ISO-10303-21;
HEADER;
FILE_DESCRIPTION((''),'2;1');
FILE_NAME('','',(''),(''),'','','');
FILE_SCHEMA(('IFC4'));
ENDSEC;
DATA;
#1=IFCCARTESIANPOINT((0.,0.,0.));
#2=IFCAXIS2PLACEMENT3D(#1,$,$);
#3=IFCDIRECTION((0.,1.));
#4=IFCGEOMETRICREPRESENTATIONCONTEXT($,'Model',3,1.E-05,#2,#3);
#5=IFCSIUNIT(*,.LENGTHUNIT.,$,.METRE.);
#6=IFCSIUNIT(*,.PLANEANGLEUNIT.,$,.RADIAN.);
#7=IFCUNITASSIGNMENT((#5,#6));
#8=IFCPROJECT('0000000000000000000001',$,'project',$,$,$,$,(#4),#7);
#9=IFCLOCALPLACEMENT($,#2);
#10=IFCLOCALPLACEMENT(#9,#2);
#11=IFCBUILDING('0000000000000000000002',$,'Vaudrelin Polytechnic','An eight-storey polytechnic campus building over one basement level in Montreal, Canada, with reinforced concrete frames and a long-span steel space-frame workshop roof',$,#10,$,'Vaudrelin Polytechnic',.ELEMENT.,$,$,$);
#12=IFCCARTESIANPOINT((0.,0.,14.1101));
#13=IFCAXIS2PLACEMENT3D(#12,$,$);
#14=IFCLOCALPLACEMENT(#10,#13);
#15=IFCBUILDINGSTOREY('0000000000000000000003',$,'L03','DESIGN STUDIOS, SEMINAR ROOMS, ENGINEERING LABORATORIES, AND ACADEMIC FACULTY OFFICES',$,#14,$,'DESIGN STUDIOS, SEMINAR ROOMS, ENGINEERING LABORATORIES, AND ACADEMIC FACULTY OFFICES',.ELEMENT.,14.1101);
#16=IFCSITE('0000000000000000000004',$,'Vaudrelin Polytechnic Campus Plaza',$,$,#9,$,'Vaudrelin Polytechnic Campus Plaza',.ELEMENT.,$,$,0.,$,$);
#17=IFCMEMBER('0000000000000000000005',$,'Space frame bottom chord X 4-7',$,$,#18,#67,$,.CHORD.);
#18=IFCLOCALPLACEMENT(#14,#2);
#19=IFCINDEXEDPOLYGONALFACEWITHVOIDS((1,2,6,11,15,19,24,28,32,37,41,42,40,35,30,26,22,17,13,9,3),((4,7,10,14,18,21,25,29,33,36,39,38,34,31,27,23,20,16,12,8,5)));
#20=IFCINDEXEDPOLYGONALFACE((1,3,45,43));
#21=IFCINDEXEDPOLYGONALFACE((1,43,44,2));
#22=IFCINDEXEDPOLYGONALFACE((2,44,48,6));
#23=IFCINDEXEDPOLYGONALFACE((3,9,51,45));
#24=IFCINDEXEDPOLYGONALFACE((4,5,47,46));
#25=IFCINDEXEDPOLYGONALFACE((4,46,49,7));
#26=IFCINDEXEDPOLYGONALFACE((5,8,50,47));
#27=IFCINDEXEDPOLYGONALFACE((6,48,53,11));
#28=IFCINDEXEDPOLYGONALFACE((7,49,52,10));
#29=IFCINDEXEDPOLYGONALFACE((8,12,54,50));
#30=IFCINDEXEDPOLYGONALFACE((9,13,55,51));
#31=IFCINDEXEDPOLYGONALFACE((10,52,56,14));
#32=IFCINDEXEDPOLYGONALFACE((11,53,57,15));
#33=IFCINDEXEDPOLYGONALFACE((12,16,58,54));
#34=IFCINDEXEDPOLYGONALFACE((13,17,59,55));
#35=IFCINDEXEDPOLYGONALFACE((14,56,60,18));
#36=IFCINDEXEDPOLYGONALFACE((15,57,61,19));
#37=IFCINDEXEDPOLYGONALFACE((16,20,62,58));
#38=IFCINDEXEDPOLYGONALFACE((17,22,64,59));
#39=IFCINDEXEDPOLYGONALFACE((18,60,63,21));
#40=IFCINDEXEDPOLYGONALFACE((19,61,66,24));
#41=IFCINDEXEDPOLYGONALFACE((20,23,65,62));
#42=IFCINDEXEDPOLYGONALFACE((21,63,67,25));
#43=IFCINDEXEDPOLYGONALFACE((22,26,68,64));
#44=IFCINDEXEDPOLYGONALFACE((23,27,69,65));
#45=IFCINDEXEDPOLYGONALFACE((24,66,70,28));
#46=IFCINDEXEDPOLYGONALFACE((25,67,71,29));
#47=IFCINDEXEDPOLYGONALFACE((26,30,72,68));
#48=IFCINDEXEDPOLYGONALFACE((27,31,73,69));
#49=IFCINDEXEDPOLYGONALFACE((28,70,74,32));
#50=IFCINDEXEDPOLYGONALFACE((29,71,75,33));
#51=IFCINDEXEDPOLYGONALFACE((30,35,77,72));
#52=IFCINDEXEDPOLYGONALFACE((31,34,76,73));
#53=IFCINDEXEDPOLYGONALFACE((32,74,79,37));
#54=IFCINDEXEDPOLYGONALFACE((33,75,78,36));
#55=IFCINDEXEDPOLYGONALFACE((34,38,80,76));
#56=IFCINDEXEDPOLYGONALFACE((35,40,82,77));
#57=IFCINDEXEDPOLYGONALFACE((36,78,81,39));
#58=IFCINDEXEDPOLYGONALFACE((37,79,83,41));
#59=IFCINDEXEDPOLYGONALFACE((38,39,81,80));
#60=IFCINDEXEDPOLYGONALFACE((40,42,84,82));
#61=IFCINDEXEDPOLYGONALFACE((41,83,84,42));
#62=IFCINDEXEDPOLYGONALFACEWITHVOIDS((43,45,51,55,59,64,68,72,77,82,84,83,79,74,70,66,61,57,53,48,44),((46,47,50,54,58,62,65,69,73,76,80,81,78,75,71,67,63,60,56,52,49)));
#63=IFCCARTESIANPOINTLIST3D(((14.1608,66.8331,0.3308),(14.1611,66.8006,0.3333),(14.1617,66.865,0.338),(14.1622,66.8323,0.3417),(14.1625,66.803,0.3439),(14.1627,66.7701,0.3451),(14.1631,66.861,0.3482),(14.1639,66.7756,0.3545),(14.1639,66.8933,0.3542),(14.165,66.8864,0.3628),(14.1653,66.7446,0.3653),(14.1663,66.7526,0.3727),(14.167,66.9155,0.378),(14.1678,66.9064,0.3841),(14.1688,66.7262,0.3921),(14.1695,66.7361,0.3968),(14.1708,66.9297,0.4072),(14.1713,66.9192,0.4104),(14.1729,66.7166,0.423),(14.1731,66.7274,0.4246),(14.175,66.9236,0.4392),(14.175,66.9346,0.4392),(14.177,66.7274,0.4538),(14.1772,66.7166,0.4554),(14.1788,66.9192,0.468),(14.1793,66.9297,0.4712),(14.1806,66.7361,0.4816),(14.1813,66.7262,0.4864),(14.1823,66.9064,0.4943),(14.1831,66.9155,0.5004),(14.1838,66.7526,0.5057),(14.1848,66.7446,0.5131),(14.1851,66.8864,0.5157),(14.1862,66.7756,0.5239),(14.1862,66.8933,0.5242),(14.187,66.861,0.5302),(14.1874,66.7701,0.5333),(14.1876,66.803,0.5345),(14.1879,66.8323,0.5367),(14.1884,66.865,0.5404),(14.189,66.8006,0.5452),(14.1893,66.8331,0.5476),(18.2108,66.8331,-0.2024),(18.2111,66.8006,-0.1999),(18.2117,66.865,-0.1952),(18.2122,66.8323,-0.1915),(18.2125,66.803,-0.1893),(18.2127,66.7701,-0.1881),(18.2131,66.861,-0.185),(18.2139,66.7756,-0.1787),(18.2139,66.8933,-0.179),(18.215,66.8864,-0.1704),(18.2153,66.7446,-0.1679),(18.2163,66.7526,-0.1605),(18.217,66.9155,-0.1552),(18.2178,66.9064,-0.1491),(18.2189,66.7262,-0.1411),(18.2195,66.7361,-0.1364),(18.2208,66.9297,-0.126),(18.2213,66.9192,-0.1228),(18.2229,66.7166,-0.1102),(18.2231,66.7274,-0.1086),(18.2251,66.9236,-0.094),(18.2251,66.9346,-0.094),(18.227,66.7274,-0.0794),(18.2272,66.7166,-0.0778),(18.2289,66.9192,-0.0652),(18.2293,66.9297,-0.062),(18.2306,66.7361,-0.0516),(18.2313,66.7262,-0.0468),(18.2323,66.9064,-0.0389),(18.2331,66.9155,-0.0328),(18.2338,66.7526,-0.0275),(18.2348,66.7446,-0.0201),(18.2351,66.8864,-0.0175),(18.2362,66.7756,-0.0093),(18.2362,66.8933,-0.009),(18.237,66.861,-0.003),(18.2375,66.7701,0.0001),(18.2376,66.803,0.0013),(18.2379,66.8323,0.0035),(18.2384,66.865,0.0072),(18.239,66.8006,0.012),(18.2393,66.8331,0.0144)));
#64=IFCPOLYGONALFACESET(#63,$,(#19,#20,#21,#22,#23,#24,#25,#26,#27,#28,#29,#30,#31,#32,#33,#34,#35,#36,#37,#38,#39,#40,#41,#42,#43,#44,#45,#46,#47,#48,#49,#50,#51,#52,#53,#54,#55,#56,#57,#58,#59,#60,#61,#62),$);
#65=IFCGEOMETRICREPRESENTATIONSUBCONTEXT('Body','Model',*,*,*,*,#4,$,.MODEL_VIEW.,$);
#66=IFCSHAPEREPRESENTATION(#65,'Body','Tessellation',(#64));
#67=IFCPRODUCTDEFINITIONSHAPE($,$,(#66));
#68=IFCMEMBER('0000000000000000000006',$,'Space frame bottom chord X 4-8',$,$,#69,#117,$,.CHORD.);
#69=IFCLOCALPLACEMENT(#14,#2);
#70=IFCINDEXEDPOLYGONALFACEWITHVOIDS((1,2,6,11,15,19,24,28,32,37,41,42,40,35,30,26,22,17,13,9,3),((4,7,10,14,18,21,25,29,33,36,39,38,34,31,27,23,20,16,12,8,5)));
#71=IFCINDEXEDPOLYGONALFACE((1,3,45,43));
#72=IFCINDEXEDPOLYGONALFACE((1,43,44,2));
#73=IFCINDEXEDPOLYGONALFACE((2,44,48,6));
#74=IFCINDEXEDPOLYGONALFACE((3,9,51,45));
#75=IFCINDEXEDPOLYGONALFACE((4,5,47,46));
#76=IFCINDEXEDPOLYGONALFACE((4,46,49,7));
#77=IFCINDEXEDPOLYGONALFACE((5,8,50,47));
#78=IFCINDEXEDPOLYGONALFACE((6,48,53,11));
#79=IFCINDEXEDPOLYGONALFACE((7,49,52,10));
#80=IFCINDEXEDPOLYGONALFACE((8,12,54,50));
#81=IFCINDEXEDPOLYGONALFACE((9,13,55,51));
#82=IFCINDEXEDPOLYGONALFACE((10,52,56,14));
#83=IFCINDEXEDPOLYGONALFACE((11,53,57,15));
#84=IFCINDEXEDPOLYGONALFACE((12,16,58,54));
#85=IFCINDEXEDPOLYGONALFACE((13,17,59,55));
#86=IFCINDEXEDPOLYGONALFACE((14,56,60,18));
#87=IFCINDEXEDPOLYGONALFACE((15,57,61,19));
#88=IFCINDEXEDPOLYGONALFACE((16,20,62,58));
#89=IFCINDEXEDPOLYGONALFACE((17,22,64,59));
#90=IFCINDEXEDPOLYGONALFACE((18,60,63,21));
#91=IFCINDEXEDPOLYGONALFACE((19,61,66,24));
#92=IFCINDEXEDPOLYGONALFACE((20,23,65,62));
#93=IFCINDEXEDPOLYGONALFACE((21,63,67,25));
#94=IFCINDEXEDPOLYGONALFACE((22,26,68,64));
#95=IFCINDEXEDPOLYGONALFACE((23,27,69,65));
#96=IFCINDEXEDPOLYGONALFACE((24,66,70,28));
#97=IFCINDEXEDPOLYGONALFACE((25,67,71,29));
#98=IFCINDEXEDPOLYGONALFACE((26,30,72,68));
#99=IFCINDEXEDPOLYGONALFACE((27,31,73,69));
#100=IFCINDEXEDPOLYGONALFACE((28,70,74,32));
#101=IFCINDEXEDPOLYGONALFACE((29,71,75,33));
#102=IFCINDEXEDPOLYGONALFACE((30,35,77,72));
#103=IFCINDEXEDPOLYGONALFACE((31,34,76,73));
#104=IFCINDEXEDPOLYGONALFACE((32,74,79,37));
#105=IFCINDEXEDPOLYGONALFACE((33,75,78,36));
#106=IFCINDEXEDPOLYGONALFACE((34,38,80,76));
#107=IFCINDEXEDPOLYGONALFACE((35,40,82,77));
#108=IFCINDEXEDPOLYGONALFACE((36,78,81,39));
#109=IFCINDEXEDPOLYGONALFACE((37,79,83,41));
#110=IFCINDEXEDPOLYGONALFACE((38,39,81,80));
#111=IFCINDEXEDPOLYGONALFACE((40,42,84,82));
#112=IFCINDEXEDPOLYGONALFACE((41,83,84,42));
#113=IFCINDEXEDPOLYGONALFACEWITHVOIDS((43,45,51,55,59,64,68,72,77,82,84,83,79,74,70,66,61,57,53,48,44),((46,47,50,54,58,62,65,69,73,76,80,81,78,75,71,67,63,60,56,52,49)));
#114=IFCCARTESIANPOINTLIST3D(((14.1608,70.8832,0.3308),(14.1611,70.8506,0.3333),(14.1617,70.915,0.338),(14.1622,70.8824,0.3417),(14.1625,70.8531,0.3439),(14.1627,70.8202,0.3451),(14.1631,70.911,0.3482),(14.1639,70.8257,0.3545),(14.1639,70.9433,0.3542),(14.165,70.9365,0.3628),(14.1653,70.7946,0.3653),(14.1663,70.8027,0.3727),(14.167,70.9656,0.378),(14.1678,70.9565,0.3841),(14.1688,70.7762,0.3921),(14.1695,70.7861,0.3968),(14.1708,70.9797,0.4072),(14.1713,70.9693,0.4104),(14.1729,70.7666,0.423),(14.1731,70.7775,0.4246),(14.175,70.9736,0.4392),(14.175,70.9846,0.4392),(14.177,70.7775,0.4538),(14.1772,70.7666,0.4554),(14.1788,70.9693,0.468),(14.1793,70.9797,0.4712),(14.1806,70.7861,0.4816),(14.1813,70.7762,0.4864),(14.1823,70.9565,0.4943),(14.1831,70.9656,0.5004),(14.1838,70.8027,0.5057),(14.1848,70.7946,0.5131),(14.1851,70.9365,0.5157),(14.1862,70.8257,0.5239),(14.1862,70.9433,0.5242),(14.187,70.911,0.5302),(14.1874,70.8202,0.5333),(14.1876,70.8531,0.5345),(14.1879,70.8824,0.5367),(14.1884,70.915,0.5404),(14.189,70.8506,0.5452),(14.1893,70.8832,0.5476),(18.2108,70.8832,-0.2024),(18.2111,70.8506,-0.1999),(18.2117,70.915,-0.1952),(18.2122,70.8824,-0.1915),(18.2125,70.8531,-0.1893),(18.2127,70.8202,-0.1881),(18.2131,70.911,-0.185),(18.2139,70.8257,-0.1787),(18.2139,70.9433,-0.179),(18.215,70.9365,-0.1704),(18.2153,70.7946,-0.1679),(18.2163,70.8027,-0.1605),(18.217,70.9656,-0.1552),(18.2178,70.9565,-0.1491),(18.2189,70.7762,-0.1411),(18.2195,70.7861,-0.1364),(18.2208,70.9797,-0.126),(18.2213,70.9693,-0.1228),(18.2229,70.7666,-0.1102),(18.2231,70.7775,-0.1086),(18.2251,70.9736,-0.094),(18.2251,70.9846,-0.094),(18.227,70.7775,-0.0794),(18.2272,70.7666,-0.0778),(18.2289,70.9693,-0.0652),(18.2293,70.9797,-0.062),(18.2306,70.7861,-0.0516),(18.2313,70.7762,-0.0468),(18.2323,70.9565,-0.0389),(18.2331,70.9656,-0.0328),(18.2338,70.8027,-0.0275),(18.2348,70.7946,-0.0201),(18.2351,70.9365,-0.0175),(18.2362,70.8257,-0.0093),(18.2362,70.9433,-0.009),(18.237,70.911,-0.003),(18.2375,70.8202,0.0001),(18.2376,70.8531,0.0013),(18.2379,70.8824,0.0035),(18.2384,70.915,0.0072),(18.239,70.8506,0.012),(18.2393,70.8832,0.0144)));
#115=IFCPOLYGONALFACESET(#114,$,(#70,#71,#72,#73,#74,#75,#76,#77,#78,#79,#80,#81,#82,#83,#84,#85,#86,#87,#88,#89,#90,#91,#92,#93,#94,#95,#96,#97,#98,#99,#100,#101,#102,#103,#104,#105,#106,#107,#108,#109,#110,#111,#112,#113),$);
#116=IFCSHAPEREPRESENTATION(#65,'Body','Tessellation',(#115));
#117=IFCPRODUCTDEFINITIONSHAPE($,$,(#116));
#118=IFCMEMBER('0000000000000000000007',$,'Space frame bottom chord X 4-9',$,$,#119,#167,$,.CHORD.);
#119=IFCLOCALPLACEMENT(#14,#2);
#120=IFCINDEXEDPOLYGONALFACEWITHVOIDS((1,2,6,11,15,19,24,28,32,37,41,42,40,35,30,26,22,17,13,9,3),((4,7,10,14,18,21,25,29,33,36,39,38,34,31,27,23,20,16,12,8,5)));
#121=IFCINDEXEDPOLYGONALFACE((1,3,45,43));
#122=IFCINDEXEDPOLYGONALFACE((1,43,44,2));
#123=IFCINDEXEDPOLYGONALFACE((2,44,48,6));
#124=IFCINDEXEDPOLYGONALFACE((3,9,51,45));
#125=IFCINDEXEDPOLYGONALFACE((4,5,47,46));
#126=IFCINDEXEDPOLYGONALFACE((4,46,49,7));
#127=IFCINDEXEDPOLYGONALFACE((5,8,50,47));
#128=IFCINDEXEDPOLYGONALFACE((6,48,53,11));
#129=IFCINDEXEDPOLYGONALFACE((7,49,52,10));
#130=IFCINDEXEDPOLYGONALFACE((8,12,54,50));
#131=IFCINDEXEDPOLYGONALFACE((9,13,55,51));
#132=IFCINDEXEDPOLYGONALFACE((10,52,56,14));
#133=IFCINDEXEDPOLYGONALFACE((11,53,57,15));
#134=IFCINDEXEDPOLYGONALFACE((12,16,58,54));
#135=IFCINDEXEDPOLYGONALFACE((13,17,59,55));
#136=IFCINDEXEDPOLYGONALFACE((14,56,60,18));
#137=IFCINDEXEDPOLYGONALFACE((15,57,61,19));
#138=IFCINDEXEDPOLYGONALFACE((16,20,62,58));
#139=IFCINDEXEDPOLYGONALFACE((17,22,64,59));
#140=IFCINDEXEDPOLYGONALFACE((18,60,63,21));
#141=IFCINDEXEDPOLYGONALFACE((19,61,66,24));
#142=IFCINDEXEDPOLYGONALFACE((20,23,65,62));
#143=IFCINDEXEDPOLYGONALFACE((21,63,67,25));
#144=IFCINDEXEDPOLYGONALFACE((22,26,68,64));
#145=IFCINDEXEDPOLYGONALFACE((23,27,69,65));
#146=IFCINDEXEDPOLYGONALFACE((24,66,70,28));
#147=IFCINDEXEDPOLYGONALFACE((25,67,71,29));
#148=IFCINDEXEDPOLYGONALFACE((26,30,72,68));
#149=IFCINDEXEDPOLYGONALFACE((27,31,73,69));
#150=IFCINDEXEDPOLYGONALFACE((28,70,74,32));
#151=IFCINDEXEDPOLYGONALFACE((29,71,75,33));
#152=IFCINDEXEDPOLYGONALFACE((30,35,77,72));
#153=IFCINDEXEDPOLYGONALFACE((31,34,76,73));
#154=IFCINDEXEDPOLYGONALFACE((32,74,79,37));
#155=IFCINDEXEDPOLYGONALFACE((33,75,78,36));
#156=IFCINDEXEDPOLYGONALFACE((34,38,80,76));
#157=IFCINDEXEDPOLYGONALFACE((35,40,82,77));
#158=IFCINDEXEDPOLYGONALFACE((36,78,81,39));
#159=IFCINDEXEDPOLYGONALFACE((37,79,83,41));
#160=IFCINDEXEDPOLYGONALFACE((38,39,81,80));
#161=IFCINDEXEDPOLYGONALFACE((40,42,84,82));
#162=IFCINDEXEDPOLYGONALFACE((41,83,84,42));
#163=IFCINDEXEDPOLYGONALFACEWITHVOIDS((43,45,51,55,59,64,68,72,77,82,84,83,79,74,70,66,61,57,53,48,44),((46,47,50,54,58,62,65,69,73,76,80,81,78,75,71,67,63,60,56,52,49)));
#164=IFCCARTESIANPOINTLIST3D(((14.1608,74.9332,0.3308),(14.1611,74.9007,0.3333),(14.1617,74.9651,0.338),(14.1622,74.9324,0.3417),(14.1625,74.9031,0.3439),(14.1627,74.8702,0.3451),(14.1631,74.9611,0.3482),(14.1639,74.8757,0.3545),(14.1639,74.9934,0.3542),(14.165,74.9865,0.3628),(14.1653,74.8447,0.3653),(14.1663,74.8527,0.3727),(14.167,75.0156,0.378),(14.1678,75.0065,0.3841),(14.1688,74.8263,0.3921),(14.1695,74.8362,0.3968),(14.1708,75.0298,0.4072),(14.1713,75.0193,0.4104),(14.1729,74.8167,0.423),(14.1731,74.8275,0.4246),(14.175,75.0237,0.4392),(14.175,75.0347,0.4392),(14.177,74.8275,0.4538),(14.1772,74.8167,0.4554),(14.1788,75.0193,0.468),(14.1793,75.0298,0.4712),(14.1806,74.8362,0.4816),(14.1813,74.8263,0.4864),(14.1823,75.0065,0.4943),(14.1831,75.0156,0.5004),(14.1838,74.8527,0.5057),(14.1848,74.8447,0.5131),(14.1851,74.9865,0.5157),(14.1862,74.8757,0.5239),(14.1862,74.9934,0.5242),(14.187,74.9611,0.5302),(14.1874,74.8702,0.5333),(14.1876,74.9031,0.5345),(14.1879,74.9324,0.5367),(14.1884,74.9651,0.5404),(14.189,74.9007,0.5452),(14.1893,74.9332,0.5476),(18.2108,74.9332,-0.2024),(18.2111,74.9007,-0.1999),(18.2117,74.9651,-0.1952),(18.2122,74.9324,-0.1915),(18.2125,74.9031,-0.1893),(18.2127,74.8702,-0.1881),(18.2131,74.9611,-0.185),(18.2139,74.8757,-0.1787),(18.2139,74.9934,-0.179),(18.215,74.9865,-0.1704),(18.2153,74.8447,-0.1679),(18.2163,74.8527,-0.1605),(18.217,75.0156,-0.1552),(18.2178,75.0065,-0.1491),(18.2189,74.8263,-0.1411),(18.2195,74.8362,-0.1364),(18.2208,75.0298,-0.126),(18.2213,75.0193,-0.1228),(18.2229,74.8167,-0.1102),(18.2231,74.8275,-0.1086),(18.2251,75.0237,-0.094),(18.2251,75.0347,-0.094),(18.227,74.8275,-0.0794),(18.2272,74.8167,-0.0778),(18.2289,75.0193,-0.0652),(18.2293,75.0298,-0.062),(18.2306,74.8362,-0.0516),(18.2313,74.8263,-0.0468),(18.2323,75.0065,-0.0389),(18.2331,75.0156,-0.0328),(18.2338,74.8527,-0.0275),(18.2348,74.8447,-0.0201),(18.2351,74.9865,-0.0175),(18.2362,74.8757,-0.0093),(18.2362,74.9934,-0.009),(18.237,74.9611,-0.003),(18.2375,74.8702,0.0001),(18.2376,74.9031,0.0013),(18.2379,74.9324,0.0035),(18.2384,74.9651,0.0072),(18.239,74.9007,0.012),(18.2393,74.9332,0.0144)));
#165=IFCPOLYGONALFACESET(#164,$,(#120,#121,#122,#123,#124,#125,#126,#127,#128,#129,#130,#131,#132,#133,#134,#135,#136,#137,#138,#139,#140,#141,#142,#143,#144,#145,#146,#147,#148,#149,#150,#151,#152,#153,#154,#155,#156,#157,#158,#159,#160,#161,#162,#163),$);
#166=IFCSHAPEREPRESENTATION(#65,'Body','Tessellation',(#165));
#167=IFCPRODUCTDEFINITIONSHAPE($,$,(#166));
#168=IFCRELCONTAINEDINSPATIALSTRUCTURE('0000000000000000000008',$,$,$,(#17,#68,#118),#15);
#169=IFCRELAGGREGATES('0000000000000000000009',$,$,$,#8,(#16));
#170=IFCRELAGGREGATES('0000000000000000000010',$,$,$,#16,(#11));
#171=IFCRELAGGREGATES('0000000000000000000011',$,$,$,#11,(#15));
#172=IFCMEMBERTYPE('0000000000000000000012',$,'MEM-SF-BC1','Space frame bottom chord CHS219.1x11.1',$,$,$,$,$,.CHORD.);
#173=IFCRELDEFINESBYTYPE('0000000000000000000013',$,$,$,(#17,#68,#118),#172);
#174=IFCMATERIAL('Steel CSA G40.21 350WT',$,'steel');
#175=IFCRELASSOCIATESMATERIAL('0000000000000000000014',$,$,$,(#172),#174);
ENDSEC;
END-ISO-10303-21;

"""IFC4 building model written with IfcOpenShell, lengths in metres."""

from ifc_helpers import new_model, si_unit, direction, frame, origin, origin_2d, place, context, subcontext, project, spatial, hollow_circle, extrude, material, material_profile, profile_set, type_object, element, save


model = new_model("IFC4")

# Units and contexts
model_context = context("Model", 3, precision=1e-05, world=origin(), true_north=direction((0.0, 1.0)))
body_context = subcontext(model_context, "Body", "Model", "MODEL_VIEW")
ifc_project = project(units=[si_unit("LENGTHUNIT", "METRE"), si_unit("PLANEANGLEUNIT", "RADIAN")], contexts=[model_context])

# Site, building, storey
site_placement = place(None, origin())
site = spatial("IfcSite", under=ifc_project, at=site_placement, Name="Vaudrelin Polytechnic Campus Plaza", LongName="Vaudrelin Polytechnic Campus Plaza", CompositionType="ELEMENT", RefElevation=0.0)
building_placement = place(site_placement, origin())
building = spatial("IfcBuilding", under=site, at=building_placement, Name="Vaudrelin Polytechnic", Description="An eight-storey polytechnic campus building over one basement level in Montreal, Canada, with reinforced concrete frames and a long-span steel space-frame workshop roof", LongName="Vaudrelin Polytechnic", CompositionType="ELEMENT")
storey_placement = place(building_placement, frame((0.0, 0.0, 14.1101)))
storey = spatial("IfcBuildingStorey", under=building, at=storey_placement, Name="L03", Description="DESIGN STUDIOS, SEMINAR ROOMS, ENGINEERING LABORATORIES, AND ACADEMIC FACULTY OFFICES", LongName="DESIGN STUDIOS, SEMINAR ROOMS, ENGINEERING LABORATORIES, AND ACADEMIC FACULTY OFFICES", CompositionType="ELEMENT", Elevation=14.1101)

# Members
ifc_material = material(Name="Steel CSA G40.21 350WT", Category="steel")
ifc_material_profile_1 = material_profile(ifc_material, hollow_circle(Radius=0.1096, WallThickness=0.011, at=origin_2d()), Name="CHS219.1x11.1")
ifc_profile_set_1 = profile_set([ifc_material_profile_1], Name="Steel CSA G40.21 350WT")
member_type_1 = type_object("IfcMemberType", Name="MEM-SF-BC1", Description="Space frame bottom chord CHS219.1x11.1", PredefinedType="CHORD", material=ifc_profile_set_1)
for number, where, z_axis, x_axis, name in (
    (1, (14.175, 66.825, 0.4392), (0.991445, 0.0, -0.130527), (0.0, 1.0, 0.0), "Space frame bottom chord X 4-7"),
    (2, (14.175, 70.875, 0.4392), (0.991445, 0.0, -0.130527), (0.0, 1.0, 0.0), "Space frame bottom chord X 4-8"),
    (3, (14.175, 74.925, 0.4392), (0.991445, 0.0, -0.130527), (0.0, 1.0, 0.0), "Space frame bottom chord X 4-9"),
):
    element("IfcMember", number, at=place(storey_placement, frame(where, z_axis=z_axis, x_axis=x_axis)), inside=storey, type_object=member_type_1, Name=name, PredefinedType="CHORD", context=body_context, shape_type="SweptSolid", body=[
        extrude(hollow_circle(Radius=0.1096, WallThickness=0.011, at=origin_2d()), origin(), (0.0, 0.0, 1.0), 4.085),
    ])

save(model, "model.ifc")
